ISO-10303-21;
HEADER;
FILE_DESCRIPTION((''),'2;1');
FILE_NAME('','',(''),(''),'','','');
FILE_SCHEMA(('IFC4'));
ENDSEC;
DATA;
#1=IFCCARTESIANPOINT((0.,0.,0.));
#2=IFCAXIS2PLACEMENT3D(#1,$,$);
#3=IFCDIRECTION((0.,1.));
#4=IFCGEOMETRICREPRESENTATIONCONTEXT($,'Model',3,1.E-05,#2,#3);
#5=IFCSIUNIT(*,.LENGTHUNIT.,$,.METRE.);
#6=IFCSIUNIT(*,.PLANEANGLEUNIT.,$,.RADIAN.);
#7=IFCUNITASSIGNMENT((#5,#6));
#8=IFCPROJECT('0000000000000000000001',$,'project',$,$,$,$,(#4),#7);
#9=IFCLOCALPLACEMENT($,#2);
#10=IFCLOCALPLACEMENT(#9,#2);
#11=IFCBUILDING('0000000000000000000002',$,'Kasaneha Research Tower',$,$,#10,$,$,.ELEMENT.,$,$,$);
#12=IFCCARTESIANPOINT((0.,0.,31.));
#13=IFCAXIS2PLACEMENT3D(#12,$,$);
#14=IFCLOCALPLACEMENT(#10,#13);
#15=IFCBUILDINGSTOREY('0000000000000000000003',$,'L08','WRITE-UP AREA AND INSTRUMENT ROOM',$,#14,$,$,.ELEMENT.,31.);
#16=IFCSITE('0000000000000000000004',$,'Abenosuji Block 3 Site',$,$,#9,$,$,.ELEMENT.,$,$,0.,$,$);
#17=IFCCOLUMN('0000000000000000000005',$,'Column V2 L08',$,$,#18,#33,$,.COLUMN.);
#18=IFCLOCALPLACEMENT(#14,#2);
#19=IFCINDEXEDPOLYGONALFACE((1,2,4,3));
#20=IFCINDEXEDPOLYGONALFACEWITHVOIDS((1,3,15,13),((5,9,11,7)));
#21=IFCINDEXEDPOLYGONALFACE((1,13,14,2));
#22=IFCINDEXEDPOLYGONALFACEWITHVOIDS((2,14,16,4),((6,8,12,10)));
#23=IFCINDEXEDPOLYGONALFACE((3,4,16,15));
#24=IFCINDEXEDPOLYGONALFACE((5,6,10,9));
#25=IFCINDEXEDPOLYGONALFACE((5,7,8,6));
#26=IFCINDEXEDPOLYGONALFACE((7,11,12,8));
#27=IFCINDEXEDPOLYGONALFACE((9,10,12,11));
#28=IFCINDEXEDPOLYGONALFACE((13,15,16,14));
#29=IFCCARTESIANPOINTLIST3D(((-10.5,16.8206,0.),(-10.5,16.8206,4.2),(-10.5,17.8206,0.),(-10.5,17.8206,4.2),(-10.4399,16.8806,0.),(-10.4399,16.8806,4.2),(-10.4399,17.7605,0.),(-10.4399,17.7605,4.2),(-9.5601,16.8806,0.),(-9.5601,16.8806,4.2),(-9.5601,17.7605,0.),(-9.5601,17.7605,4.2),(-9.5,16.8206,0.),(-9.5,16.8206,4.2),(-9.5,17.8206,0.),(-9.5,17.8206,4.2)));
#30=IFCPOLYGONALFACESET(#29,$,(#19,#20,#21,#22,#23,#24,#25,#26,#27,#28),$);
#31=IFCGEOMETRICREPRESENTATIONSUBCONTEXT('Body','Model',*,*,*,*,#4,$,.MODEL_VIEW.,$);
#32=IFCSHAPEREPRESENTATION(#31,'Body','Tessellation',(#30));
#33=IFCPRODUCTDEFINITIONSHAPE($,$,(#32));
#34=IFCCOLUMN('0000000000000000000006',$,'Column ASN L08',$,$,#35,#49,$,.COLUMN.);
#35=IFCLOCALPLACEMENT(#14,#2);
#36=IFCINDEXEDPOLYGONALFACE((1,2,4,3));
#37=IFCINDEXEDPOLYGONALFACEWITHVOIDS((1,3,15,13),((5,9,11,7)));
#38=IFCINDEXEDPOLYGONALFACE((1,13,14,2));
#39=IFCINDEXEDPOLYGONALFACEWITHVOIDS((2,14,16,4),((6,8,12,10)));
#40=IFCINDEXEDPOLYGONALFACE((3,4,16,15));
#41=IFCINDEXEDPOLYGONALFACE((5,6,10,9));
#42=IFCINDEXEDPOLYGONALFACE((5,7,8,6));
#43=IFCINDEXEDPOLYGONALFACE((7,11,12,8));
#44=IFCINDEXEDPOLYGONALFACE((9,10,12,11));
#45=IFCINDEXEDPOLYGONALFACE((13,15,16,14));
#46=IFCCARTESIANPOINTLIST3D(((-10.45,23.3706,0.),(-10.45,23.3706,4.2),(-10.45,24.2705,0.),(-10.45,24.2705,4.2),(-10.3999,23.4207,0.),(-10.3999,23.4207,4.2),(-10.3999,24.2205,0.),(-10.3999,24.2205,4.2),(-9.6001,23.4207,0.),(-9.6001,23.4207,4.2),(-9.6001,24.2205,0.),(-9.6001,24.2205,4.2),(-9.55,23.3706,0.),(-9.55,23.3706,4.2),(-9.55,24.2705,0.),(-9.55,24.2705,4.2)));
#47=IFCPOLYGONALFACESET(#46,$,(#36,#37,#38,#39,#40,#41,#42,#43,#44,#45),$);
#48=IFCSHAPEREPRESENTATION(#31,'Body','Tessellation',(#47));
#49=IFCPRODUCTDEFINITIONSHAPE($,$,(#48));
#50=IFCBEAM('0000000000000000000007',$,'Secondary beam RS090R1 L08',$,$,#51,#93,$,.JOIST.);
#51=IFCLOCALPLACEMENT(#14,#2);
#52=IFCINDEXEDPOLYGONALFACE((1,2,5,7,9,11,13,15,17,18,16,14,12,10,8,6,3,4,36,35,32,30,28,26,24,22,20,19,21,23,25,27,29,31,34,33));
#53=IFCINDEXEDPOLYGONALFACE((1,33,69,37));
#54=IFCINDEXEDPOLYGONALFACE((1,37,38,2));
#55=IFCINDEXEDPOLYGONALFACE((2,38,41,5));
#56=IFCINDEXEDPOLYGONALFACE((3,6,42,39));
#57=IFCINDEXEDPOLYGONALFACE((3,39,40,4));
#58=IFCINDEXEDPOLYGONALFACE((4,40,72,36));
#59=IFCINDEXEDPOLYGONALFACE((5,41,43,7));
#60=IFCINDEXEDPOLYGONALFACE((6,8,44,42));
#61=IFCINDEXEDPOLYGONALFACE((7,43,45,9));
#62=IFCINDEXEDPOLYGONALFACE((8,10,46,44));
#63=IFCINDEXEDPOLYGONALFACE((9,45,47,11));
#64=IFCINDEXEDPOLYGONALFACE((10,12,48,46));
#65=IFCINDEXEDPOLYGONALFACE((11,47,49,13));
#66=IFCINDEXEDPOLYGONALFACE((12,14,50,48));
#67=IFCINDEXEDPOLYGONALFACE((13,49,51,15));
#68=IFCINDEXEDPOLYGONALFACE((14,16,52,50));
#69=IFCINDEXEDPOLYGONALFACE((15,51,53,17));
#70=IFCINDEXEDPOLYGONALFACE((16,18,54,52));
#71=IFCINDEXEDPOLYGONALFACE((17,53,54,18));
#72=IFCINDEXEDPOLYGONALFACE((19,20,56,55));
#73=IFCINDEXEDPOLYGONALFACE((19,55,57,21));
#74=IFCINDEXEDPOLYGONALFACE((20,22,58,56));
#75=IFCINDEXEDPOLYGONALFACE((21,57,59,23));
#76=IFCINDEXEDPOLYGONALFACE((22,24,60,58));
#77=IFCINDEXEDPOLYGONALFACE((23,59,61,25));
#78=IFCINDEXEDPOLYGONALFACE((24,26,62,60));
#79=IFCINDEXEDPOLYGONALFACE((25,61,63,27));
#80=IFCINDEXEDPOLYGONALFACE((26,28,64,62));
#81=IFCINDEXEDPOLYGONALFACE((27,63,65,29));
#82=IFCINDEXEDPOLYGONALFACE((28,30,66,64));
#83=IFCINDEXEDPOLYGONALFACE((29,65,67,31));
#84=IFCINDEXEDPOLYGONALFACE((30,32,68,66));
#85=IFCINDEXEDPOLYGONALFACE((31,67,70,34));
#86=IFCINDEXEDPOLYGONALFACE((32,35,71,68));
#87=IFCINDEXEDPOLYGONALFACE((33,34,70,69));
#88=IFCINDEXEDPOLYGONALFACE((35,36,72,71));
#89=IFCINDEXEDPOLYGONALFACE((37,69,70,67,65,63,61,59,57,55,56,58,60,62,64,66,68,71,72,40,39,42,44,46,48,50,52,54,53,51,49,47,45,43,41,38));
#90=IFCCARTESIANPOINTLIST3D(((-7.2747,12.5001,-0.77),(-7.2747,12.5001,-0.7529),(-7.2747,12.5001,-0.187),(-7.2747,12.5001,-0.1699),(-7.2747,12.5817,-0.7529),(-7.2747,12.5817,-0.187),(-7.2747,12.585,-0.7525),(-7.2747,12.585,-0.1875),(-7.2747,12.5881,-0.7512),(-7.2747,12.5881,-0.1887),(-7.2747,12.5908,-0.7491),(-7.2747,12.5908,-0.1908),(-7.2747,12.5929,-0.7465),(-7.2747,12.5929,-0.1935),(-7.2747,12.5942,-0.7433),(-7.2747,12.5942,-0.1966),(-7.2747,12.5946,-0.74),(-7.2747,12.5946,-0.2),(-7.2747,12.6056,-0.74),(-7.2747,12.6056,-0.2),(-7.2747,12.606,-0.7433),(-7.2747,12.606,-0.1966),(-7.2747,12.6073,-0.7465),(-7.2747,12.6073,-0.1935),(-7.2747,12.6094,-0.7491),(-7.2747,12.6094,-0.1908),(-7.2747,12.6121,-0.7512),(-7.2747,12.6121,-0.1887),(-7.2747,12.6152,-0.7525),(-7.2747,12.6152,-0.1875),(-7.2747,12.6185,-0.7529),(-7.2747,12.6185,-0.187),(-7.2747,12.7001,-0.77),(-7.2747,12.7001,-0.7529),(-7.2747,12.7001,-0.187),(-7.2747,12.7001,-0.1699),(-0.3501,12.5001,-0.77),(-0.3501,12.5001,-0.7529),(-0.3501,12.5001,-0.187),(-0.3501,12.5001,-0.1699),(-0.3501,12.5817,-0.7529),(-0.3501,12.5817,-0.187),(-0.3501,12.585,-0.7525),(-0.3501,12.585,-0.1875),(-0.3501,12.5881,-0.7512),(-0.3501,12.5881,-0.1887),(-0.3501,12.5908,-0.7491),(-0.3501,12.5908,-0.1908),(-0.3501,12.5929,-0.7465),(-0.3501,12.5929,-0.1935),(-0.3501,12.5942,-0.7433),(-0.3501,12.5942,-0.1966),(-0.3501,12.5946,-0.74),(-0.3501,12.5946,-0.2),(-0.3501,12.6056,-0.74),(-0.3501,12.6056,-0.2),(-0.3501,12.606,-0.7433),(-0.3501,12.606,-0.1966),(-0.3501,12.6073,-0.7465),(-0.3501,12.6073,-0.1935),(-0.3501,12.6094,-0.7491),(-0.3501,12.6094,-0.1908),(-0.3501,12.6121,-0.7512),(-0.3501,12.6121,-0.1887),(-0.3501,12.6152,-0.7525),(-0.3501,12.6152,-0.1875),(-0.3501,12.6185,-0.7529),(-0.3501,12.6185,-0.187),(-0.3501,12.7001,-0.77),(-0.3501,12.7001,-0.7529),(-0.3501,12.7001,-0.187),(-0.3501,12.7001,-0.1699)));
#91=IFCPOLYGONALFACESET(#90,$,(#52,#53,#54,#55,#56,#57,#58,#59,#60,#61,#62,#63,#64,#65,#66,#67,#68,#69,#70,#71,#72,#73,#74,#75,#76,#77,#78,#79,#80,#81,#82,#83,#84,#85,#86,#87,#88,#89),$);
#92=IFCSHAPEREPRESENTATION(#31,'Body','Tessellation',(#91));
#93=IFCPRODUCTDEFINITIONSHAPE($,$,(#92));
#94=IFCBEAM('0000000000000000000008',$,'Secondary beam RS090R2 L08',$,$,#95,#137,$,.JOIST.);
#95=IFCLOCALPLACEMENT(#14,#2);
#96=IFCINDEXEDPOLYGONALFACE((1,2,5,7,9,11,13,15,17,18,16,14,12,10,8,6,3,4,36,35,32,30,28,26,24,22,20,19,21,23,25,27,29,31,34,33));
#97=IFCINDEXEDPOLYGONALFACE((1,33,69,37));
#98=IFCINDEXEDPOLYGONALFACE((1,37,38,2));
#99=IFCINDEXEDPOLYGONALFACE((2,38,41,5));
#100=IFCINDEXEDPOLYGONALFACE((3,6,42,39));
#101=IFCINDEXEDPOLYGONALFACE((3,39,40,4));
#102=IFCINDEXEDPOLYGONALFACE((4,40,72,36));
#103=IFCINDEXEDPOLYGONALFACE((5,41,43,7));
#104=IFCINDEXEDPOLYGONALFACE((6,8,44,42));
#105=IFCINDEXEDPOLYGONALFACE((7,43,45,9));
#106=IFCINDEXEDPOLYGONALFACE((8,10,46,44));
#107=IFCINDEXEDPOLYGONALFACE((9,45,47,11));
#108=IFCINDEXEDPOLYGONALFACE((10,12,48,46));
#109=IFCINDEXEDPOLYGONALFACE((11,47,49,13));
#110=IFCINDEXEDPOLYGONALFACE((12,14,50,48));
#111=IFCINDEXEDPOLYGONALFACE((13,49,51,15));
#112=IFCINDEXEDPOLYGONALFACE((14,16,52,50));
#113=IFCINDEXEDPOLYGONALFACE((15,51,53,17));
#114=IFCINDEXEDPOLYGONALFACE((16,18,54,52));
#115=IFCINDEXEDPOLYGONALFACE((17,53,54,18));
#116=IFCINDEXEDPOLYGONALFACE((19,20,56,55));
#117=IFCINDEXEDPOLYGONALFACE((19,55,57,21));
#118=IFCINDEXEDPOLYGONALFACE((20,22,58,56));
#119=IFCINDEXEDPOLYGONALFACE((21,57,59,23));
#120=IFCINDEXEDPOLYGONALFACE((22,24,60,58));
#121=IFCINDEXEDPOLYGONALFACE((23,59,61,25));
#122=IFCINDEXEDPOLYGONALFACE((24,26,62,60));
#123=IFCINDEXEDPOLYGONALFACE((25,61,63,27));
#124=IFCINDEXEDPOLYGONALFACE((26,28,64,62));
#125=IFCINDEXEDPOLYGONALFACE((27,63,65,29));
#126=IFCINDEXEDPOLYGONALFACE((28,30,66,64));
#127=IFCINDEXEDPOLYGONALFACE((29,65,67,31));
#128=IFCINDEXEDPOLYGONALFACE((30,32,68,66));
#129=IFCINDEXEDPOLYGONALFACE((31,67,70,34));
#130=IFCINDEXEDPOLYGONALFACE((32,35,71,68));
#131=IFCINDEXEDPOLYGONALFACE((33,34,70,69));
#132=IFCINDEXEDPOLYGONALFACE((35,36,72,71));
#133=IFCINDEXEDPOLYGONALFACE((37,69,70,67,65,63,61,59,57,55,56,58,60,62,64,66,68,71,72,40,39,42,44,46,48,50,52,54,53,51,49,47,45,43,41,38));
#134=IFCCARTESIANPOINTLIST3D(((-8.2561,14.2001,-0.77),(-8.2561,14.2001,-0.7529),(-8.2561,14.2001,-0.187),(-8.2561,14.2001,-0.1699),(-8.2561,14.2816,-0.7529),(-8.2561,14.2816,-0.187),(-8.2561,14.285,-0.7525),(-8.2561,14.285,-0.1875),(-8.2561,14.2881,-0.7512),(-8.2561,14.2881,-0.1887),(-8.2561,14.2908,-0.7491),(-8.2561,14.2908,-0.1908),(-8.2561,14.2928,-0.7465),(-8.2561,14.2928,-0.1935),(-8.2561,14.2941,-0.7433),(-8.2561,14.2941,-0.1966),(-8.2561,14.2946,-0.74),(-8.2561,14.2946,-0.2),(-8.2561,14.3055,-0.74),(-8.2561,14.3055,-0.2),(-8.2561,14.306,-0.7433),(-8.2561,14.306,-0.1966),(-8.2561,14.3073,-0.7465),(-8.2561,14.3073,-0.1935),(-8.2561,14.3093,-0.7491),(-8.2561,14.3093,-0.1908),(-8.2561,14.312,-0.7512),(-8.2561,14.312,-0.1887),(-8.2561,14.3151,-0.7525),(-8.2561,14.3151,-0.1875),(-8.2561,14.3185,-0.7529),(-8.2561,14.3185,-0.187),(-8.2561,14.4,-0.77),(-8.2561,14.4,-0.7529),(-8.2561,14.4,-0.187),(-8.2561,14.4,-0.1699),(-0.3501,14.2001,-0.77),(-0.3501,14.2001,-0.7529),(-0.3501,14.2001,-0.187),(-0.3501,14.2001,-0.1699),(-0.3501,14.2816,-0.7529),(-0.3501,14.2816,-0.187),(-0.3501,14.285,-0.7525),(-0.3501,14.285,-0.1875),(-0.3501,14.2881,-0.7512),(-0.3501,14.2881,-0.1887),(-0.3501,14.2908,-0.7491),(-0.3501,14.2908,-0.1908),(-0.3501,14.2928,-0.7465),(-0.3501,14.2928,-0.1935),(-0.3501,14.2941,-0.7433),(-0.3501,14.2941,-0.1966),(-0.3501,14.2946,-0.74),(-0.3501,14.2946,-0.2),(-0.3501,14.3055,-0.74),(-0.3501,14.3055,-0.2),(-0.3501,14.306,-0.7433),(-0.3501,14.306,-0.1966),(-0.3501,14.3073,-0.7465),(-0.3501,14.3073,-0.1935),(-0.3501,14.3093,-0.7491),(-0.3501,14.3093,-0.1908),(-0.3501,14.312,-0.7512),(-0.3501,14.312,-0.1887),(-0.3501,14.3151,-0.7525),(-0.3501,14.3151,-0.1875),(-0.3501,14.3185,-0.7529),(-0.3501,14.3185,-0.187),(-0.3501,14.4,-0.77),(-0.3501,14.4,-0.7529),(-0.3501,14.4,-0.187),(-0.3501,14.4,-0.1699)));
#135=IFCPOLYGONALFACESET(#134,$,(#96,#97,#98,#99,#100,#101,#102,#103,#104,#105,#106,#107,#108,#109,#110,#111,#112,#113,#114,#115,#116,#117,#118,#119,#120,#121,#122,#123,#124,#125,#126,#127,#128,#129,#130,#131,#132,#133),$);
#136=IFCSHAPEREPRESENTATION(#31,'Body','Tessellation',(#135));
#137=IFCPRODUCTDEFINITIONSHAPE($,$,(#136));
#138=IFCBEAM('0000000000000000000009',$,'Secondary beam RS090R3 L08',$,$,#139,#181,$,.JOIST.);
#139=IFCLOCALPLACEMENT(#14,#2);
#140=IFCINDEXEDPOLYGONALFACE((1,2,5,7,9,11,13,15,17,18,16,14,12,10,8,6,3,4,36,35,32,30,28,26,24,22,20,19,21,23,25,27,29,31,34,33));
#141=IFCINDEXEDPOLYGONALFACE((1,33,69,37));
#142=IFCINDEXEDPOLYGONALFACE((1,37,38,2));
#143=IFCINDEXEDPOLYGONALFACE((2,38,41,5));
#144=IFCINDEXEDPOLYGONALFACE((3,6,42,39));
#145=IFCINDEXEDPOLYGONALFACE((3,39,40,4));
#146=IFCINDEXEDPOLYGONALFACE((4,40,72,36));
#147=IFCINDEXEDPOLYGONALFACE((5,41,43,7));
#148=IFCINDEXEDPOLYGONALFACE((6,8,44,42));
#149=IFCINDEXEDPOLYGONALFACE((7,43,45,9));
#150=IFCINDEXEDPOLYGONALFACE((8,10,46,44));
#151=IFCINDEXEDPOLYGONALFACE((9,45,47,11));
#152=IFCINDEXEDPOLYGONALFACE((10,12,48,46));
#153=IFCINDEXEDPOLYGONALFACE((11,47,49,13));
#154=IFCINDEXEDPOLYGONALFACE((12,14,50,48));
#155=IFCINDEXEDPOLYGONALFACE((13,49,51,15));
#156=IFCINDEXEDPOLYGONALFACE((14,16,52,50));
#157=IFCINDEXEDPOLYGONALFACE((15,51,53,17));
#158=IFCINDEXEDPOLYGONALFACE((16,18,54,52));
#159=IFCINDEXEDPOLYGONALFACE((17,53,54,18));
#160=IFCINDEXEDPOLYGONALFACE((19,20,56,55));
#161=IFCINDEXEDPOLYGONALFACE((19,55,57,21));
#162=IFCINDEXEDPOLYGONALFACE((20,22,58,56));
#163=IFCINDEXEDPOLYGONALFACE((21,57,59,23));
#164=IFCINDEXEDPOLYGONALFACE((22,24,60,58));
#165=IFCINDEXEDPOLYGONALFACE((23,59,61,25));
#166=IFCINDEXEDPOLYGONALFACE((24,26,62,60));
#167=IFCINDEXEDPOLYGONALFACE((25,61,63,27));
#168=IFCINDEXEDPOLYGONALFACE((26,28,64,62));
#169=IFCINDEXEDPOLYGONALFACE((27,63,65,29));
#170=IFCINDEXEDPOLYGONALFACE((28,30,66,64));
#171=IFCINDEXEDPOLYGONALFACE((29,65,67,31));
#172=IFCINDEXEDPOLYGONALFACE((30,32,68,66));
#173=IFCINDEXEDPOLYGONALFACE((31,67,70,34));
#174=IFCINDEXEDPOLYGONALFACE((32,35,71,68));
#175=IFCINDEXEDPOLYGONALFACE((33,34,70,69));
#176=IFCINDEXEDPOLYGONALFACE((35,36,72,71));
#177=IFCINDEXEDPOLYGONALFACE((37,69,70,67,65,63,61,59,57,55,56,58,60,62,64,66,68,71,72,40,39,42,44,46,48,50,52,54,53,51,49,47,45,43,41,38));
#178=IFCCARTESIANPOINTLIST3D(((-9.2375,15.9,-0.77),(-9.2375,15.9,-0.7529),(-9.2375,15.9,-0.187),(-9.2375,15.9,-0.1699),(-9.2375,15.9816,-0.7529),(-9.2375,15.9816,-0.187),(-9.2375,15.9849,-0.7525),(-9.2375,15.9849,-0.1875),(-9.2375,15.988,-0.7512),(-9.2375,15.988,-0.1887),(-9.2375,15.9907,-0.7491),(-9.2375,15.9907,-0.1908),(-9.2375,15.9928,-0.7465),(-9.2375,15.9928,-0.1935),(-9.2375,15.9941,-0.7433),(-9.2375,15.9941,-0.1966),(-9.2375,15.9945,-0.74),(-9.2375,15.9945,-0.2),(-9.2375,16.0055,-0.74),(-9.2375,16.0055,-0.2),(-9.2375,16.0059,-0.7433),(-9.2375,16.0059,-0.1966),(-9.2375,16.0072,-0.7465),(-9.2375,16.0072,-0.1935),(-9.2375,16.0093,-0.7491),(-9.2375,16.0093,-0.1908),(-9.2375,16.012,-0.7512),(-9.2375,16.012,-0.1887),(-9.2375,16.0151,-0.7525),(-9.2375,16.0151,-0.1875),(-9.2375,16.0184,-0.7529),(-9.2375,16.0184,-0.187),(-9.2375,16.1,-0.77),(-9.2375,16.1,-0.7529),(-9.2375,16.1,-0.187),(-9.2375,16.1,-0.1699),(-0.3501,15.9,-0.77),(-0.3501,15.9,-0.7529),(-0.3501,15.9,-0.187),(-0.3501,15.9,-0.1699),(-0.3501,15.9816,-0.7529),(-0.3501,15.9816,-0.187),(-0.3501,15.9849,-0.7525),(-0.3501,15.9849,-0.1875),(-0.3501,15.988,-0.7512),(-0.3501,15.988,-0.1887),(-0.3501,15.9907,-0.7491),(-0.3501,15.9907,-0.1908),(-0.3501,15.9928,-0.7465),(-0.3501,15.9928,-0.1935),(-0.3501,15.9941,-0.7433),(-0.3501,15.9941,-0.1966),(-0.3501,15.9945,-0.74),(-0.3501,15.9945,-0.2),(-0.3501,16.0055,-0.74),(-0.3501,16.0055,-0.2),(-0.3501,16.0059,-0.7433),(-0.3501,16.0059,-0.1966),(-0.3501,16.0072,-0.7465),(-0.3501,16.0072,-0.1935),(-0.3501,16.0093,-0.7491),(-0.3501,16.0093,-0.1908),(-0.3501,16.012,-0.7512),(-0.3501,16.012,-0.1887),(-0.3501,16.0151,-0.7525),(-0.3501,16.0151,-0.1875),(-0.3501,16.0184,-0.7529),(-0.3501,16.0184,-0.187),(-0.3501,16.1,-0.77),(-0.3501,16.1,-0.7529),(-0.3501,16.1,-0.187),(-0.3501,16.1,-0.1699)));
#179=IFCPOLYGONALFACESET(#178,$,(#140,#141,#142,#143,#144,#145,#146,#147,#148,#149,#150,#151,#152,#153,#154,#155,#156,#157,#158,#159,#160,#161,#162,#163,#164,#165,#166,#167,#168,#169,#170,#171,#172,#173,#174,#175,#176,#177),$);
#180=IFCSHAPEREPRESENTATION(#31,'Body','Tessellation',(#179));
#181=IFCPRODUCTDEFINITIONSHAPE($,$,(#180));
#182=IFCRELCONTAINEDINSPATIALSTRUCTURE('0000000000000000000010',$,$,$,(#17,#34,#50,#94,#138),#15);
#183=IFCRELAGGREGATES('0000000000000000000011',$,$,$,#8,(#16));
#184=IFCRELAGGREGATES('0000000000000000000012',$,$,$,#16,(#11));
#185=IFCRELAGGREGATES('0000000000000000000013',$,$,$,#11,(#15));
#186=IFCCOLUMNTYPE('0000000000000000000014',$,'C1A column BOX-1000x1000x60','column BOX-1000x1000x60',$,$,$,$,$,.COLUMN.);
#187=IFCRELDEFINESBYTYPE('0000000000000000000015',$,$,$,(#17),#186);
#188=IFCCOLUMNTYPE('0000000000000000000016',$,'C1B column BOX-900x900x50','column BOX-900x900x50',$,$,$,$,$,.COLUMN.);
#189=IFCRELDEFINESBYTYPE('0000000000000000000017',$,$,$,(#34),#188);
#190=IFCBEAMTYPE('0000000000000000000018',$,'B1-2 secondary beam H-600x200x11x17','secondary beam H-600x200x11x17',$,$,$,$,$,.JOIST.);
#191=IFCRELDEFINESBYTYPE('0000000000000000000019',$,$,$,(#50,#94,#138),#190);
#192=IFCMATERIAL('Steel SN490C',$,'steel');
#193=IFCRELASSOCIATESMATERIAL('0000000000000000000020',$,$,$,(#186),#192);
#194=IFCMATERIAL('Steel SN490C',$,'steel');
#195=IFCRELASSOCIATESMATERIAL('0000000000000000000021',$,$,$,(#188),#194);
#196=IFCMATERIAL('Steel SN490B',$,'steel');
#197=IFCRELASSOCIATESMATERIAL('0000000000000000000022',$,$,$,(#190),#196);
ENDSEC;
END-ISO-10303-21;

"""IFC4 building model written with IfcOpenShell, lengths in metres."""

from ifc_helpers import new_model, si_unit, direction, frame, origin, origin_2d, place, context, subcontext, project, spatial, hollow_rectangle, i_section, extrude, material, material_profile, profile_set, type_object, element, save


model = new_model("IFC4")

# Units and contexts
model_context = context("Model", 3, precision=1e-05, world=origin(), true_north=direction((0.0, 1.0)))
body_context = subcontext(model_context, "Body", "Model", "MODEL_VIEW")
ifc_project = project(units=[si_unit("LENGTHUNIT", "METRE"), si_unit("PLANEANGLEUNIT", "RADIAN")], contexts=[model_context])

# Site, building, storey
site_placement = place(None, origin())
site = spatial("IfcSite", under=ifc_project, at=site_placement, Name="Abenosuji Block 3 Site", CompositionType="ELEMENT", RefElevation=0.0)
building_placement = place(site_placement, origin())
building = spatial("IfcBuilding", under=site, at=building_placement, Name="Kasaneha Research Tower", CompositionType="ELEMENT")
storey_placement = place(building_placement, frame((0.0, 0.0, 31.0)))
storey = spatial("IfcBuildingStorey", under=building, at=storey_placement, Name="L08", Description="WRITE-UP AREA AND INSTRUMENT ROOM", CompositionType="ELEMENT", Elevation=31.0)

# Columns
ifc_material_1 = material(Name="Steel SN490C", Category="steel")
ifc_material_profile_1 = material_profile(ifc_material_1, hollow_rectangle(XDim=1.0, YDim=1.0, WallThickness=0.0601, at=origin_2d()), Name="BOX-1000x1000x60")
ifc_profile_set_1 = profile_set([ifc_material_profile_1], Name="Steel SN490C")
column_type_1 = type_object("IfcColumnType", Name="C1A column BOX-1000x1000x60", Description="column BOX-1000x1000x60", PredefinedType="COLUMN", material=ifc_profile_set_1)
column_1_placement = place(storey_placement, frame((-10.0, 17.3206, 0.0), z_axis=(0.0, 0.0, 1.0), x_axis=(1.0, 0.0, 0.0)))
element("IfcColumn", 1, at=column_1_placement, inside=storey, type_object=column_type_1, Name="Column V2 L08", PredefinedType="COLUMN", context=body_context, shape_type="SweptSolid", body=[
    extrude(hollow_rectangle(XDim=1.0, YDim=1.0, WallThickness=0.0601, at=origin_2d()), origin(), (0.0, 0.0, 1.0), 4.2),
])
ifc_material_2 = material(Name="Steel SN490C", Category="steel")
ifc_material_profile_2 = material_profile(ifc_material_2, hollow_rectangle(XDim=0.8999, YDim=0.8999, WallThickness=0.05, at=origin_2d()), Name="BOX-900x900x50")
ifc_profile_set_2 = profile_set([ifc_material_profile_2], Name="Steel SN490C")
column_type_2 = type_object("IfcColumnType", Name="C1B column BOX-900x900x50", Description="column BOX-900x900x50", PredefinedType="COLUMN", material=ifc_profile_set_2)
column_2_placement = place(storey_placement, frame((-10.0, 23.8206, 0.0), z_axis=(0.0, 0.0, 1.0), x_axis=(1.0, 0.0, 0.0)))
element("IfcColumn", 2, at=column_2_placement, inside=storey, type_object=column_type_2, Name="Column ASN L08", PredefinedType="COLUMN", context=body_context, shape_type="SweptSolid", body=[
    extrude(hollow_rectangle(XDim=0.8999, YDim=0.8999, WallThickness=0.05, at=origin_2d()), origin(), (0.0, 0.0, 1.0), 4.2),
])

# Beams
ifc_material_3 = material(Name="Steel SN490B", Category="steel")
ifc_material_profile_3 = material_profile(ifc_material_3, i_section(OverallWidth=0.2, OverallDepth=0.6001, WebThickness=0.011, FlangeThickness=0.0171, FilletRadius=0.0129, at=origin_2d()), Name="H-600x200x11x17")
ifc_profile_set_3 = profile_set([ifc_material_profile_3], Name="Steel SN490B")
beam_type_1 = type_object("IfcBeamType", Name="B1-2 secondary beam H-600x200x11x17", Description="secondary beam H-600x200x11x17", PredefinedType="JOIST", material=ifc_profile_set_3)
beam_1_placement = place(storey_placement, frame((-7.2747, 12.6001, -0.47), z_axis=(1.0, 0.0, 0.0), x_axis=(0.0, 1.0, 0.0)))
element("IfcBeam", 3, at=beam_1_placement, inside=storey, type_object=beam_type_1, Name="Secondary beam RS090R1 L08", PredefinedType="JOIST", context=body_context, shape_type="SweptSolid", body=[
    extrude(i_section(OverallWidth=0.2, OverallDepth=0.6001, WebThickness=0.011, FlangeThickness=0.0171, FilletRadius=0.0129, at=origin_2d()), origin(), (0.0, 0.0, 1.0), 6.9246),
])
beam_2_placement = place(storey_placement, frame((-8.2561, 14.3, -0.47), z_axis=(1.0, 0.0, 0.0), x_axis=(0.0, 1.0, 0.0)))
element("IfcBeam", 4, at=beam_2_placement, inside=storey, type_object=beam_type_1, Name="Secondary beam RS090R2 L08", PredefinedType="JOIST", context=body_context, shape_type="SweptSolid", body=[
    extrude(i_section(OverallWidth=0.2, OverallDepth=0.6001, WebThickness=0.011, FlangeThickness=0.0171, FilletRadius=0.0129, at=origin_2d()), origin(), (0.0, 0.0, 1.0), 7.906),
])
beam_3_placement = place(storey_placement, frame((-9.2375, 16.0, -0.47), z_axis=(1.0, 0.0, 0.0), x_axis=(0.0, 1.0, 0.0)))
element("IfcBeam", 5, at=beam_3_placement, inside=storey, type_object=beam_type_1, Name="Secondary beam RS090R3 L08", PredefinedType="JOIST", context=body_context, shape_type="SweptSolid", body=[
    extrude(i_section(OverallWidth=0.2, OverallDepth=0.6001, WebThickness=0.011, FlangeThickness=0.0171, FilletRadius=0.0129, at=origin_2d()), origin(), (0.0, 0.0, 1.0), 8.8875),
])

save(model, "model.ifc")
